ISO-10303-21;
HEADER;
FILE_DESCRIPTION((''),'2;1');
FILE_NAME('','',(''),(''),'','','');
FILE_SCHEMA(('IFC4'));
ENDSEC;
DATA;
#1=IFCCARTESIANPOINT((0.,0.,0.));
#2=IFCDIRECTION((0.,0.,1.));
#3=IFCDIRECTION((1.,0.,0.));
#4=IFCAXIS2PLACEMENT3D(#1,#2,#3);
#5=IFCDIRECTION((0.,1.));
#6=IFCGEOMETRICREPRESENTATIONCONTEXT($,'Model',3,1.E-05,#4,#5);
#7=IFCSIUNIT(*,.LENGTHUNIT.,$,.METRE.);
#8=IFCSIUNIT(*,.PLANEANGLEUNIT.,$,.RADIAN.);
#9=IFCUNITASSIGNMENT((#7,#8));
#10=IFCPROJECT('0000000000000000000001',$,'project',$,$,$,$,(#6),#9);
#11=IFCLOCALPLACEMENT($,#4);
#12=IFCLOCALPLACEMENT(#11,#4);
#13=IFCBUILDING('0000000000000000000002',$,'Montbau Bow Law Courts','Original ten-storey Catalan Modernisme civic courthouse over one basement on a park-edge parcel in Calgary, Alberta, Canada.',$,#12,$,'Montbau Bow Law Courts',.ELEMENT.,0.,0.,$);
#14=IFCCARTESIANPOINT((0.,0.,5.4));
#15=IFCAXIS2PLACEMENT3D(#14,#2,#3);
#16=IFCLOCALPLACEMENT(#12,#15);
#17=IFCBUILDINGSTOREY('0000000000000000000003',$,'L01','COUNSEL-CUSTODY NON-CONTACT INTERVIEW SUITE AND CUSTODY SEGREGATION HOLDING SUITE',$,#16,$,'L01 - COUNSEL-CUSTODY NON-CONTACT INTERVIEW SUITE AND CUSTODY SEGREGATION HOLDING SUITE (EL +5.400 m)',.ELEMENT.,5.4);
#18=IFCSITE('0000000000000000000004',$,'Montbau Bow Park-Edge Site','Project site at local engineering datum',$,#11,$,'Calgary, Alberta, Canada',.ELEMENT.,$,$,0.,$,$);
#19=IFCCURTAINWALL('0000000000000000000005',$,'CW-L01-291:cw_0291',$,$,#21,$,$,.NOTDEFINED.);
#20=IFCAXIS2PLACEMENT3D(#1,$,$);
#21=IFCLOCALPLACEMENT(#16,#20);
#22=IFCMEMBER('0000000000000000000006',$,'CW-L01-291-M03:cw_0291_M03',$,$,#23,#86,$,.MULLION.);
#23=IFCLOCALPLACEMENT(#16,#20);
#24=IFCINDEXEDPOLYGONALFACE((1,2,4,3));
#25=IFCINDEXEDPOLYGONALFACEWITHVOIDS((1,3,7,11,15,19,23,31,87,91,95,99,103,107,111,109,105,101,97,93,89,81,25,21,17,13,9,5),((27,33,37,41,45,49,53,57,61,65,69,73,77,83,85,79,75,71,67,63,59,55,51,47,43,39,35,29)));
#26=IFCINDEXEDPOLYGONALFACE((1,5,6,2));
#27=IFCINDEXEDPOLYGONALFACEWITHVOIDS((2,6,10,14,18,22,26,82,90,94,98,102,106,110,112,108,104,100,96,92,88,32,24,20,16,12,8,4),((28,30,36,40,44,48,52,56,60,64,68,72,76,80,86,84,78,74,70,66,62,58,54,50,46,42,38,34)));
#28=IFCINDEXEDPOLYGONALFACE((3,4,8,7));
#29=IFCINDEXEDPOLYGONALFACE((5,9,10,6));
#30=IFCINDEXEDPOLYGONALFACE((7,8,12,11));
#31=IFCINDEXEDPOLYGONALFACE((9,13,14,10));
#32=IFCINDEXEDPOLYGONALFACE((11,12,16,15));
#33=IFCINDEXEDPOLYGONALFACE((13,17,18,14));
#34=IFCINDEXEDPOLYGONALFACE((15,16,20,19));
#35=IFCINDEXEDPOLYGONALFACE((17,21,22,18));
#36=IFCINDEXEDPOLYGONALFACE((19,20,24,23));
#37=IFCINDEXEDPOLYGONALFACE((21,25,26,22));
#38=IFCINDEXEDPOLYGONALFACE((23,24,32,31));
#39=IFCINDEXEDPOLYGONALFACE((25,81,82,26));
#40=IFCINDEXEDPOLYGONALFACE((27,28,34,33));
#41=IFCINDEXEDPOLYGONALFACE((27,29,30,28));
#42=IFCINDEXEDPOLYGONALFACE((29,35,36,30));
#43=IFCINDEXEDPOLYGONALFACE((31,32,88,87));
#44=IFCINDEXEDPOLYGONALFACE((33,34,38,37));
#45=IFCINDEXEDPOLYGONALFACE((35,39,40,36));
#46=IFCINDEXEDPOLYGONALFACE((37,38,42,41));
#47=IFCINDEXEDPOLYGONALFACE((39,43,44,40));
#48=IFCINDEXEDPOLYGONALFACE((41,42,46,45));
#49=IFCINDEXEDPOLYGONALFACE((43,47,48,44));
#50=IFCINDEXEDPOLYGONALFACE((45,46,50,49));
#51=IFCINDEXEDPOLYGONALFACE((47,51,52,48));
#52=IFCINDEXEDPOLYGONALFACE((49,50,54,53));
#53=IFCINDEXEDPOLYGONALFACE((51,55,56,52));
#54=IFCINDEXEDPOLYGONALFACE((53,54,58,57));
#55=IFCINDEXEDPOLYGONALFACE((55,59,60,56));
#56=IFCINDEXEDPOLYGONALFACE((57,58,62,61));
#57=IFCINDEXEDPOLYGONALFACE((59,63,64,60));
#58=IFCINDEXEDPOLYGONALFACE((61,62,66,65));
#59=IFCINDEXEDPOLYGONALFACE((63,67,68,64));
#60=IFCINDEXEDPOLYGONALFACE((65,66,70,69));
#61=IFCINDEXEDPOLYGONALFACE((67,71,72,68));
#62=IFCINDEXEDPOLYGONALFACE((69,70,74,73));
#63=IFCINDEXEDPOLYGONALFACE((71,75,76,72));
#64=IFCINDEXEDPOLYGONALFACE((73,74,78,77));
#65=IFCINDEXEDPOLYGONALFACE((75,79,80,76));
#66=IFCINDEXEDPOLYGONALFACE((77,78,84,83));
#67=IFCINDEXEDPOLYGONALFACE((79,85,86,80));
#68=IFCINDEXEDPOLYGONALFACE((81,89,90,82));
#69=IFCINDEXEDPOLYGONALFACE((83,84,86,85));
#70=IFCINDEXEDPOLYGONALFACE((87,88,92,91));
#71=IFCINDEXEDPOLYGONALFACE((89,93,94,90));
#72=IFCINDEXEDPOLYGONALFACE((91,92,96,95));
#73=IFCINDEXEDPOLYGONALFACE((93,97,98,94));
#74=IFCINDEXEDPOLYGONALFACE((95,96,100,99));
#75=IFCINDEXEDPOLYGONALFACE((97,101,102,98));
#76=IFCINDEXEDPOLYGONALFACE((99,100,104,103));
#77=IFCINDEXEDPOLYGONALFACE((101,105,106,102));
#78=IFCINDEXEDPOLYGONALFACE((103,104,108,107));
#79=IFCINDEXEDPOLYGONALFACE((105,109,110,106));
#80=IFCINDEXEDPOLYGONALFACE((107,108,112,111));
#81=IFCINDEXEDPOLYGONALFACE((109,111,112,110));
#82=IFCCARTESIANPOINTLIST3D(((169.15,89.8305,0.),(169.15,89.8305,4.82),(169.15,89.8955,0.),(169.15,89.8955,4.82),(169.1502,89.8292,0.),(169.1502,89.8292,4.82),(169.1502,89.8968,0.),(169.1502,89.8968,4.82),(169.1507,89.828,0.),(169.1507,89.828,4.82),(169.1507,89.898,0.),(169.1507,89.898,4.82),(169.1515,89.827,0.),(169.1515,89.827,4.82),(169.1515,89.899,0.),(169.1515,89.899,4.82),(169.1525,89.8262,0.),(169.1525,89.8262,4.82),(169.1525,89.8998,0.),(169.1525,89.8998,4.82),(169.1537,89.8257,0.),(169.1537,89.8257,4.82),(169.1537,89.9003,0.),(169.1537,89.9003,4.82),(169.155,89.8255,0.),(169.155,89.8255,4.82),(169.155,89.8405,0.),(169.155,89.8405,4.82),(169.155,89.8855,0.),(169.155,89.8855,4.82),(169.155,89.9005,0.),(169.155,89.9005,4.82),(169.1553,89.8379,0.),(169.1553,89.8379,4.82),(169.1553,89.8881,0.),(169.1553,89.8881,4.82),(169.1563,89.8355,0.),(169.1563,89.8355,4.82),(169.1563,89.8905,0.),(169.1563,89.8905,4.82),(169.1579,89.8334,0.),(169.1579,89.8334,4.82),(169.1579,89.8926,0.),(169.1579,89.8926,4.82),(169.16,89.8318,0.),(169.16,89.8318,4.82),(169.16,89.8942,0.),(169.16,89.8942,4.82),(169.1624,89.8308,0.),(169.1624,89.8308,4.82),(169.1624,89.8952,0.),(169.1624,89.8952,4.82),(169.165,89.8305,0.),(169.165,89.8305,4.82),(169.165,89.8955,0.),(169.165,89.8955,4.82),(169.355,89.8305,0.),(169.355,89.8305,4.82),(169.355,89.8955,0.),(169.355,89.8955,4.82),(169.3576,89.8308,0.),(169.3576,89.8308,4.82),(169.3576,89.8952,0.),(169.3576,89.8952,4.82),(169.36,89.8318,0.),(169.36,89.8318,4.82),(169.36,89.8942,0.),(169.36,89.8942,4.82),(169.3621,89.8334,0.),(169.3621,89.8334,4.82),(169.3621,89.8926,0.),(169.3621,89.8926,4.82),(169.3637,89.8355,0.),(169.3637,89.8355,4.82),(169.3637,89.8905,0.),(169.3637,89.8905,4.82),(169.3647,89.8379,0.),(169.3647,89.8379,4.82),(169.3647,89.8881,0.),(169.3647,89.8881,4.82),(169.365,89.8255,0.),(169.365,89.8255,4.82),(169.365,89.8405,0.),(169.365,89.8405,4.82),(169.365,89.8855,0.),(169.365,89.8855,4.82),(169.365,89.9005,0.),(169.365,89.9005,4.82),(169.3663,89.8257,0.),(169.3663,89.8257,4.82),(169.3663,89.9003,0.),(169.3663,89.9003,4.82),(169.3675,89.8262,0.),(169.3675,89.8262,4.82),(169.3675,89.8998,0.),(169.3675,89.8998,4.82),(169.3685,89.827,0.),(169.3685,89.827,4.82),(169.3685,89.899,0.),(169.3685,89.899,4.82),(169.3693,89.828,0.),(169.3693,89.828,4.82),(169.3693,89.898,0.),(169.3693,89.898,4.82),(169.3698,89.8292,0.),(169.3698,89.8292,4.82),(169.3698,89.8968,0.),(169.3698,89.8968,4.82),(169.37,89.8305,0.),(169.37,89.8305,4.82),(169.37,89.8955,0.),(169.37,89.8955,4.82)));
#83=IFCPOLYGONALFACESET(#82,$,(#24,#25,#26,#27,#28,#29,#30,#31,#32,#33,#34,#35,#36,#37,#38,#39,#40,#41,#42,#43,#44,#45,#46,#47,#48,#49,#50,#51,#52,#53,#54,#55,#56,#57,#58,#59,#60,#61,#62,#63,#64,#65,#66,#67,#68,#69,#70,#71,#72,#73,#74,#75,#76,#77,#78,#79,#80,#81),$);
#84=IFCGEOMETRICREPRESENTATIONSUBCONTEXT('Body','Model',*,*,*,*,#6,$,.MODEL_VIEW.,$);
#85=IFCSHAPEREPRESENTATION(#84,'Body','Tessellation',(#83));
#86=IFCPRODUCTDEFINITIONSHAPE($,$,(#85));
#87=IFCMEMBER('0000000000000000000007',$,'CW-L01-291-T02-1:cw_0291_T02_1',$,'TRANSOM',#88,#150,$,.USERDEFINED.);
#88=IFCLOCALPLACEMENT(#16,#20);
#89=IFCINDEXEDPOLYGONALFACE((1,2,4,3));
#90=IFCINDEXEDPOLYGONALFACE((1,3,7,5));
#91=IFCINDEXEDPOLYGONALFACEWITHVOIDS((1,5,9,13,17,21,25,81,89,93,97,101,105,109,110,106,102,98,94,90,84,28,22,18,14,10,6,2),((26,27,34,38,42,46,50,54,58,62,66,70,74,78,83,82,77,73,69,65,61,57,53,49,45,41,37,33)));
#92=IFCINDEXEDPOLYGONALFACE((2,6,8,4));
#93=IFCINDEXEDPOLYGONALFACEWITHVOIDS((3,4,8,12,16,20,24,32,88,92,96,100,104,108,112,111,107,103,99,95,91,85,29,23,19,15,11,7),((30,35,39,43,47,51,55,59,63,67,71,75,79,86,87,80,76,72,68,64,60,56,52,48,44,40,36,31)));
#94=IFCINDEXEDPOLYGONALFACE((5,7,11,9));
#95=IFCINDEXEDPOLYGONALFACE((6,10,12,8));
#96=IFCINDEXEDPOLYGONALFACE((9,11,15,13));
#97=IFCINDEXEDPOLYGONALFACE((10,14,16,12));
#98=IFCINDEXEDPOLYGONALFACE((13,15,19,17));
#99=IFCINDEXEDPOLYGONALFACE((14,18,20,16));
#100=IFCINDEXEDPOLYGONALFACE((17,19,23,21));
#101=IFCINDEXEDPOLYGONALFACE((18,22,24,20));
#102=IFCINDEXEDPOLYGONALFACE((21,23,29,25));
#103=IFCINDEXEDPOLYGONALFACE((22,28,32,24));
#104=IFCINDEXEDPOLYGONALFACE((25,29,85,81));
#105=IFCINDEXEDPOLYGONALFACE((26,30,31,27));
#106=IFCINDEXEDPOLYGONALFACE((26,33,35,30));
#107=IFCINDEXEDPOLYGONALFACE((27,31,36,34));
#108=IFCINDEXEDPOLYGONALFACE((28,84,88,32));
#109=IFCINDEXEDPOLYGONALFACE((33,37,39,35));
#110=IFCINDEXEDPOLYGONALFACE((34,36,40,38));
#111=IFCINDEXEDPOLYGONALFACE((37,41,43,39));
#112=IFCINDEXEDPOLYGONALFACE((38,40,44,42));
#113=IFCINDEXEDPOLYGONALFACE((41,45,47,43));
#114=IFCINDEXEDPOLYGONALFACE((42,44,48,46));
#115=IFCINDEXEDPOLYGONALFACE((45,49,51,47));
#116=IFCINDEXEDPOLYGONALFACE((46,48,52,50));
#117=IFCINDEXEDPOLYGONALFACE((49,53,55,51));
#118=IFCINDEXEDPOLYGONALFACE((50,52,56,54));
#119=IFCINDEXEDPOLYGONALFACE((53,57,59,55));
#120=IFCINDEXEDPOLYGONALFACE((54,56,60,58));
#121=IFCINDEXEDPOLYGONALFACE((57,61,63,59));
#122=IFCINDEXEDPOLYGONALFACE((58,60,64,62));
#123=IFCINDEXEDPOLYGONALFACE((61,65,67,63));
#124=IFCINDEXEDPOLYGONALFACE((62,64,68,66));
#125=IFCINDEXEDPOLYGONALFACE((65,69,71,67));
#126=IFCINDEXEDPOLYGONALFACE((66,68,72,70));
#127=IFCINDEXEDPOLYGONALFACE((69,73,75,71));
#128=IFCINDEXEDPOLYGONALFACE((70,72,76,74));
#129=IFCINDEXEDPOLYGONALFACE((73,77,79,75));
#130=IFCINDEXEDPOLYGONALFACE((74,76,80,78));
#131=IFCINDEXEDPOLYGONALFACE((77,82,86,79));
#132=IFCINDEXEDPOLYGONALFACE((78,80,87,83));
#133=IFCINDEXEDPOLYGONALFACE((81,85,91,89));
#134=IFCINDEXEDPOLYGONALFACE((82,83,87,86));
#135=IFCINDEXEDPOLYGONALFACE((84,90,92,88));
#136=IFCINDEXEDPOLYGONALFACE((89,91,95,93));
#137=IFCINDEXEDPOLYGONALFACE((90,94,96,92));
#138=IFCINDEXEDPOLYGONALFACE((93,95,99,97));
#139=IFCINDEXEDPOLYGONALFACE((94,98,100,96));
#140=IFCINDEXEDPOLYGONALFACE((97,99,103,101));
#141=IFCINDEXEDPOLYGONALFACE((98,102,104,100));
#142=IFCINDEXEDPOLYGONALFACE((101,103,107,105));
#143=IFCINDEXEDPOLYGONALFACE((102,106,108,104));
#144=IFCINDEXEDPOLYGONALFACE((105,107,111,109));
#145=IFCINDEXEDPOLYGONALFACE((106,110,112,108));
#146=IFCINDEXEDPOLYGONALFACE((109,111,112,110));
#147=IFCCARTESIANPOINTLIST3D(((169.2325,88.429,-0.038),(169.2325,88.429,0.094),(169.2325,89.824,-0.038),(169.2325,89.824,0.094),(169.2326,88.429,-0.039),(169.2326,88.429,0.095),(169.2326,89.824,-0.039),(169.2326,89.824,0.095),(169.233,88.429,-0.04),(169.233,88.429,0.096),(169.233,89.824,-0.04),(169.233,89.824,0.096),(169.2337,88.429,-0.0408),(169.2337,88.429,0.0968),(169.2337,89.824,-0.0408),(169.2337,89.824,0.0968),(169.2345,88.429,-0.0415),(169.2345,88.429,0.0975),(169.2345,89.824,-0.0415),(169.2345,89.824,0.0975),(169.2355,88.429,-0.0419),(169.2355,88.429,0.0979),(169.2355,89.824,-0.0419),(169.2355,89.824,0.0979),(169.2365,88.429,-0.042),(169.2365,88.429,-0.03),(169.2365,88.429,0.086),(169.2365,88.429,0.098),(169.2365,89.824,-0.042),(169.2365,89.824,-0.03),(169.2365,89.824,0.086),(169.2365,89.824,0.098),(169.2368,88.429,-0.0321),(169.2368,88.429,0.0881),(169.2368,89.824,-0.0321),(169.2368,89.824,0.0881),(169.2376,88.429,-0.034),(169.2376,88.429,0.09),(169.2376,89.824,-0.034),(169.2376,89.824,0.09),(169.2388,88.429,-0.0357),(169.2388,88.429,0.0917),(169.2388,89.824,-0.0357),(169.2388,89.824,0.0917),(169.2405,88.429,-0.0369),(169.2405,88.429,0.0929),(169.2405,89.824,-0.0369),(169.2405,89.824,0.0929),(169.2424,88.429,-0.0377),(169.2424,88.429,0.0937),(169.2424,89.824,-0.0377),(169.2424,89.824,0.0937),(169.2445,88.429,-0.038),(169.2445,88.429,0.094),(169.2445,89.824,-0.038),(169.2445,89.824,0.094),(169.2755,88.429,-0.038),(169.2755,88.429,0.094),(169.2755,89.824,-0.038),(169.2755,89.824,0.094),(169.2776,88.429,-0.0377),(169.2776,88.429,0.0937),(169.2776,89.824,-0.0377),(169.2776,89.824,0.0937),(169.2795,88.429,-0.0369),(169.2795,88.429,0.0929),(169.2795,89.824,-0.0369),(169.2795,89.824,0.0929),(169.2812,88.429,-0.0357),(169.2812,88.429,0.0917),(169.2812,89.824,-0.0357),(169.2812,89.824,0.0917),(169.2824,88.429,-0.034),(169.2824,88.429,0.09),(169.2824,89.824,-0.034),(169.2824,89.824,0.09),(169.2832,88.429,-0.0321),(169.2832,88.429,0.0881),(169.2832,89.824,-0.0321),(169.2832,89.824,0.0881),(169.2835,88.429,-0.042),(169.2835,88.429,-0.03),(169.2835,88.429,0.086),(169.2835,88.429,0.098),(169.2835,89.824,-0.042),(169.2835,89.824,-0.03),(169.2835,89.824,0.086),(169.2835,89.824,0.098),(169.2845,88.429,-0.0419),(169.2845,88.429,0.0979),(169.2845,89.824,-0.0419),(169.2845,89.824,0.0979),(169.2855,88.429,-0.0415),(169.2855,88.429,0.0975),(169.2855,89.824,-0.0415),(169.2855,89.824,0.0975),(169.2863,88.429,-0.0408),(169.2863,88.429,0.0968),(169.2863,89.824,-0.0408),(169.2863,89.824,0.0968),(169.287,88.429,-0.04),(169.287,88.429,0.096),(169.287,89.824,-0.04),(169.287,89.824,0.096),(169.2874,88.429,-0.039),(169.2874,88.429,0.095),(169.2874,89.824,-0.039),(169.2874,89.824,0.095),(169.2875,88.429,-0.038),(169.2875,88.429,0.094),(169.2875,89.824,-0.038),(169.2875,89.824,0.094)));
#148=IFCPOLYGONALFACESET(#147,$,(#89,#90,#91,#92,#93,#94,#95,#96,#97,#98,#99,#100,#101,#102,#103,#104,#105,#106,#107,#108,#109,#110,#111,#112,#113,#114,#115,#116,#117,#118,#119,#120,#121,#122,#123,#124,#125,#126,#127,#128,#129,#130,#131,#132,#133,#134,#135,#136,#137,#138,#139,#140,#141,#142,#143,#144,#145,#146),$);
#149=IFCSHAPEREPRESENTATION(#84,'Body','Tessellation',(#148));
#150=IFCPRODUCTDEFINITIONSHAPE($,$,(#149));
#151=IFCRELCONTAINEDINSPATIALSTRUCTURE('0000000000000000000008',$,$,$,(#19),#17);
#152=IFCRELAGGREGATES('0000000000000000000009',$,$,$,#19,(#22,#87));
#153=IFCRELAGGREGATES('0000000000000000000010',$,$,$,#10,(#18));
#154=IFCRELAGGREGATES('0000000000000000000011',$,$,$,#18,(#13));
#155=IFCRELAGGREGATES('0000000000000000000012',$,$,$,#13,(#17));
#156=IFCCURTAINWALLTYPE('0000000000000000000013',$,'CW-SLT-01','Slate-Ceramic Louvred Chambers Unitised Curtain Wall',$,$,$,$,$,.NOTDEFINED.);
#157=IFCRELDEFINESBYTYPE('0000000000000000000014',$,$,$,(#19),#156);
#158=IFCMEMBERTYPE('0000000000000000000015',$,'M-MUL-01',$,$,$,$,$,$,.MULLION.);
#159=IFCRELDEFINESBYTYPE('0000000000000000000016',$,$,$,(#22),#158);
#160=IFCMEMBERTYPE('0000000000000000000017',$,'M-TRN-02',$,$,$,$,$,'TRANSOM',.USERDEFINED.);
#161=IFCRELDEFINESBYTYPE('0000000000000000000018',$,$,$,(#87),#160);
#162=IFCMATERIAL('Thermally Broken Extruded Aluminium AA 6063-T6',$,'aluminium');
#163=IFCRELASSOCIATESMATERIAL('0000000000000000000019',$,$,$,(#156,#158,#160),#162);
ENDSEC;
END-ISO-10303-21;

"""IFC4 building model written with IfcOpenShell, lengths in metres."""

from ifc_helpers import new_model, si_unit, direction, frame, origin_with_axes, origin_2d_with_axis, place, context, subcontext, project, spatial, hollow_rectangle, extrude, material, material_profile, profile_set, type_object, element, aggregate, save


model = new_model("IFC4")

# Units and contexts
model_context = context("Model", 3, precision=1e-05, world=origin_with_axes(), true_north=direction((0.0, 1.0)))
body_context = subcontext(model_context, "Body", "Model", "MODEL_VIEW")
ifc_project = project(units=[si_unit("LENGTHUNIT", "METRE"), si_unit("PLANEANGLEUNIT", "RADIAN")], contexts=[model_context])

# Site, building, storey
site_placement = place(None, origin_with_axes())
site = spatial("IfcSite", under=ifc_project, at=site_placement, Name="Montbau Bow Park-Edge Site", Description="Project site at local engineering datum", LongName="Calgary, Alberta, Canada", CompositionType="ELEMENT", RefElevation=0.0)
building_placement = place(site_placement, origin_with_axes())
building = spatial("IfcBuilding", under=site, at=building_placement, Name="Montbau Bow Law Courts", Description="Original ten-storey Catalan Modernisme civic courthouse over one basement on a park-edge parcel in Calgary, Alberta, Canada.", LongName="Montbau Bow Law Courts", CompositionType="ELEMENT", ElevationOfRefHeight=0.0, ElevationOfTerrain=0.0)
storey_placement = place(building_placement, frame((0.0, 0.0, 5.4), z_axis=(0.0, 0.0, 1.0), x_axis=(1.0, 0.0, 0.0)))
storey = spatial("IfcBuildingStorey", under=building, at=storey_placement, Name="L01", Description="COUNSEL-CUSTODY NON-CONTACT INTERVIEW SUITE AND CUSTODY SEGREGATION HOLDING SUITE", LongName="L01 - COUNSEL-CUSTODY NON-CONTACT INTERVIEW SUITE AND CUSTODY SEGREGATION HOLDING SUITE (EL +5.400 m)", CompositionType="ELEMENT", Elevation=5.4)

# Curtain wall, members
ifc_material_1 = material(Name="Thermally Broken Extruded Aluminium AA 6063-T6", Category="aluminium")
curtain_wall_type = type_object("IfcCurtainWallType", Name="CW-SLT-01", Description="Slate-Ceramic Louvred Chambers Unitised Curtain Wall", PredefinedType="NOTDEFINED", material=ifc_material_1)
curtain_wall_placement = place(None, frame((169.26, 86.915, 5.4), z_axis=(0.0, 0.0, 1.0), x_axis=(1.0, 0.0, 0.0)))
curtain_wall = element("IfcCurtainWall", 1, at=curtain_wall_placement, inside=storey, type_object=curtain_wall_type, Name="CW-L01-291:cw_0291", PredefinedType="NOTDEFINED")
ifc_material_profile_1 = material_profile(ifc_material_1, hollow_rectangle(XDim=0.075, YDim=0.22, WallThickness=0.005, InnerFilletRadius=0.01, OuterFilletRadius=0.005, at=origin_2d_with_axis()), Name="CWM-220X75", Category="Main", Priority=0)
ifc_profile_set_1 = profile_set([ifc_material_profile_1], Name="Thermally Broken Extruded Aluminium AA 6063-T6")
member_type_1 = type_object("IfcMemberType", Name="M-MUL-01", PredefinedType="MULLION", material=ifc_profile_set_1)
member_1_placement = place(None, frame((169.26, 89.863, 5.4), z_axis=(0.0, 0.0, 1.0), x_axis=(0.0, 1.0, 0.0)))
member_1 = element("IfcMember", 2, at=member_1_placement, type_object=member_type_1, Name="CW-L01-291-M03:cw_0291_M03", PredefinedType="MULLION", context=body_context, shape_type="SweptSolid", body=[
    extrude(hollow_rectangle(XDim=0.075, YDim=0.22, WallThickness=0.005, InnerFilletRadius=0.01, OuterFilletRadius=0.005, at=origin_2d_with_axis()), origin_with_axes(), (0.0, 0.0, 1.0), 4.82),
])
ifc_material_profile_2 = material_profile(ifc_material_1, hollow_rectangle(XDim=0.055, YDim=0.14, WallThickness=0.004, InnerFilletRadius=0.008, OuterFilletRadius=0.004, at=origin_2d_with_axis()), Name="CWT-140X55", Category="Main", Priority=0)
ifc_profile_set_2 = profile_set([ifc_material_profile_2], Name="Thermally Broken Extruded Aluminium AA 6063-T6")
member_type_2 = type_object("IfcMemberType", Name="M-TRN-02", ElementType="TRANSOM", PredefinedType="USERDEFINED", material=ifc_profile_set_2)
member_2_placement = place(None, frame((169.26, 88.429, 5.428), z_axis=(0.0, 1.0, 0.0), x_axis=(-1.0, 0.0, 0.0)))
member_2 = element("IfcMember", 3, at=member_2_placement, type_object=member_type_2, Name="CW-L01-291-T02-1:cw_0291_T02_1", ObjectType="TRANSOM", PredefinedType="USERDEFINED", context=body_context, shape_type="SweptSolid", body=[
    extrude(hollow_rectangle(XDim=0.055, YDim=0.14, WallThickness=0.004, InnerFilletRadius=0.008, OuterFilletRadius=0.004, at=origin_2d_with_axis()), origin_with_axes(), (0.0, 0.0, 1.0), 1.395),
])
aggregate(curtain_wall, [member_1, member_2])

save(model, "model.ifc")
